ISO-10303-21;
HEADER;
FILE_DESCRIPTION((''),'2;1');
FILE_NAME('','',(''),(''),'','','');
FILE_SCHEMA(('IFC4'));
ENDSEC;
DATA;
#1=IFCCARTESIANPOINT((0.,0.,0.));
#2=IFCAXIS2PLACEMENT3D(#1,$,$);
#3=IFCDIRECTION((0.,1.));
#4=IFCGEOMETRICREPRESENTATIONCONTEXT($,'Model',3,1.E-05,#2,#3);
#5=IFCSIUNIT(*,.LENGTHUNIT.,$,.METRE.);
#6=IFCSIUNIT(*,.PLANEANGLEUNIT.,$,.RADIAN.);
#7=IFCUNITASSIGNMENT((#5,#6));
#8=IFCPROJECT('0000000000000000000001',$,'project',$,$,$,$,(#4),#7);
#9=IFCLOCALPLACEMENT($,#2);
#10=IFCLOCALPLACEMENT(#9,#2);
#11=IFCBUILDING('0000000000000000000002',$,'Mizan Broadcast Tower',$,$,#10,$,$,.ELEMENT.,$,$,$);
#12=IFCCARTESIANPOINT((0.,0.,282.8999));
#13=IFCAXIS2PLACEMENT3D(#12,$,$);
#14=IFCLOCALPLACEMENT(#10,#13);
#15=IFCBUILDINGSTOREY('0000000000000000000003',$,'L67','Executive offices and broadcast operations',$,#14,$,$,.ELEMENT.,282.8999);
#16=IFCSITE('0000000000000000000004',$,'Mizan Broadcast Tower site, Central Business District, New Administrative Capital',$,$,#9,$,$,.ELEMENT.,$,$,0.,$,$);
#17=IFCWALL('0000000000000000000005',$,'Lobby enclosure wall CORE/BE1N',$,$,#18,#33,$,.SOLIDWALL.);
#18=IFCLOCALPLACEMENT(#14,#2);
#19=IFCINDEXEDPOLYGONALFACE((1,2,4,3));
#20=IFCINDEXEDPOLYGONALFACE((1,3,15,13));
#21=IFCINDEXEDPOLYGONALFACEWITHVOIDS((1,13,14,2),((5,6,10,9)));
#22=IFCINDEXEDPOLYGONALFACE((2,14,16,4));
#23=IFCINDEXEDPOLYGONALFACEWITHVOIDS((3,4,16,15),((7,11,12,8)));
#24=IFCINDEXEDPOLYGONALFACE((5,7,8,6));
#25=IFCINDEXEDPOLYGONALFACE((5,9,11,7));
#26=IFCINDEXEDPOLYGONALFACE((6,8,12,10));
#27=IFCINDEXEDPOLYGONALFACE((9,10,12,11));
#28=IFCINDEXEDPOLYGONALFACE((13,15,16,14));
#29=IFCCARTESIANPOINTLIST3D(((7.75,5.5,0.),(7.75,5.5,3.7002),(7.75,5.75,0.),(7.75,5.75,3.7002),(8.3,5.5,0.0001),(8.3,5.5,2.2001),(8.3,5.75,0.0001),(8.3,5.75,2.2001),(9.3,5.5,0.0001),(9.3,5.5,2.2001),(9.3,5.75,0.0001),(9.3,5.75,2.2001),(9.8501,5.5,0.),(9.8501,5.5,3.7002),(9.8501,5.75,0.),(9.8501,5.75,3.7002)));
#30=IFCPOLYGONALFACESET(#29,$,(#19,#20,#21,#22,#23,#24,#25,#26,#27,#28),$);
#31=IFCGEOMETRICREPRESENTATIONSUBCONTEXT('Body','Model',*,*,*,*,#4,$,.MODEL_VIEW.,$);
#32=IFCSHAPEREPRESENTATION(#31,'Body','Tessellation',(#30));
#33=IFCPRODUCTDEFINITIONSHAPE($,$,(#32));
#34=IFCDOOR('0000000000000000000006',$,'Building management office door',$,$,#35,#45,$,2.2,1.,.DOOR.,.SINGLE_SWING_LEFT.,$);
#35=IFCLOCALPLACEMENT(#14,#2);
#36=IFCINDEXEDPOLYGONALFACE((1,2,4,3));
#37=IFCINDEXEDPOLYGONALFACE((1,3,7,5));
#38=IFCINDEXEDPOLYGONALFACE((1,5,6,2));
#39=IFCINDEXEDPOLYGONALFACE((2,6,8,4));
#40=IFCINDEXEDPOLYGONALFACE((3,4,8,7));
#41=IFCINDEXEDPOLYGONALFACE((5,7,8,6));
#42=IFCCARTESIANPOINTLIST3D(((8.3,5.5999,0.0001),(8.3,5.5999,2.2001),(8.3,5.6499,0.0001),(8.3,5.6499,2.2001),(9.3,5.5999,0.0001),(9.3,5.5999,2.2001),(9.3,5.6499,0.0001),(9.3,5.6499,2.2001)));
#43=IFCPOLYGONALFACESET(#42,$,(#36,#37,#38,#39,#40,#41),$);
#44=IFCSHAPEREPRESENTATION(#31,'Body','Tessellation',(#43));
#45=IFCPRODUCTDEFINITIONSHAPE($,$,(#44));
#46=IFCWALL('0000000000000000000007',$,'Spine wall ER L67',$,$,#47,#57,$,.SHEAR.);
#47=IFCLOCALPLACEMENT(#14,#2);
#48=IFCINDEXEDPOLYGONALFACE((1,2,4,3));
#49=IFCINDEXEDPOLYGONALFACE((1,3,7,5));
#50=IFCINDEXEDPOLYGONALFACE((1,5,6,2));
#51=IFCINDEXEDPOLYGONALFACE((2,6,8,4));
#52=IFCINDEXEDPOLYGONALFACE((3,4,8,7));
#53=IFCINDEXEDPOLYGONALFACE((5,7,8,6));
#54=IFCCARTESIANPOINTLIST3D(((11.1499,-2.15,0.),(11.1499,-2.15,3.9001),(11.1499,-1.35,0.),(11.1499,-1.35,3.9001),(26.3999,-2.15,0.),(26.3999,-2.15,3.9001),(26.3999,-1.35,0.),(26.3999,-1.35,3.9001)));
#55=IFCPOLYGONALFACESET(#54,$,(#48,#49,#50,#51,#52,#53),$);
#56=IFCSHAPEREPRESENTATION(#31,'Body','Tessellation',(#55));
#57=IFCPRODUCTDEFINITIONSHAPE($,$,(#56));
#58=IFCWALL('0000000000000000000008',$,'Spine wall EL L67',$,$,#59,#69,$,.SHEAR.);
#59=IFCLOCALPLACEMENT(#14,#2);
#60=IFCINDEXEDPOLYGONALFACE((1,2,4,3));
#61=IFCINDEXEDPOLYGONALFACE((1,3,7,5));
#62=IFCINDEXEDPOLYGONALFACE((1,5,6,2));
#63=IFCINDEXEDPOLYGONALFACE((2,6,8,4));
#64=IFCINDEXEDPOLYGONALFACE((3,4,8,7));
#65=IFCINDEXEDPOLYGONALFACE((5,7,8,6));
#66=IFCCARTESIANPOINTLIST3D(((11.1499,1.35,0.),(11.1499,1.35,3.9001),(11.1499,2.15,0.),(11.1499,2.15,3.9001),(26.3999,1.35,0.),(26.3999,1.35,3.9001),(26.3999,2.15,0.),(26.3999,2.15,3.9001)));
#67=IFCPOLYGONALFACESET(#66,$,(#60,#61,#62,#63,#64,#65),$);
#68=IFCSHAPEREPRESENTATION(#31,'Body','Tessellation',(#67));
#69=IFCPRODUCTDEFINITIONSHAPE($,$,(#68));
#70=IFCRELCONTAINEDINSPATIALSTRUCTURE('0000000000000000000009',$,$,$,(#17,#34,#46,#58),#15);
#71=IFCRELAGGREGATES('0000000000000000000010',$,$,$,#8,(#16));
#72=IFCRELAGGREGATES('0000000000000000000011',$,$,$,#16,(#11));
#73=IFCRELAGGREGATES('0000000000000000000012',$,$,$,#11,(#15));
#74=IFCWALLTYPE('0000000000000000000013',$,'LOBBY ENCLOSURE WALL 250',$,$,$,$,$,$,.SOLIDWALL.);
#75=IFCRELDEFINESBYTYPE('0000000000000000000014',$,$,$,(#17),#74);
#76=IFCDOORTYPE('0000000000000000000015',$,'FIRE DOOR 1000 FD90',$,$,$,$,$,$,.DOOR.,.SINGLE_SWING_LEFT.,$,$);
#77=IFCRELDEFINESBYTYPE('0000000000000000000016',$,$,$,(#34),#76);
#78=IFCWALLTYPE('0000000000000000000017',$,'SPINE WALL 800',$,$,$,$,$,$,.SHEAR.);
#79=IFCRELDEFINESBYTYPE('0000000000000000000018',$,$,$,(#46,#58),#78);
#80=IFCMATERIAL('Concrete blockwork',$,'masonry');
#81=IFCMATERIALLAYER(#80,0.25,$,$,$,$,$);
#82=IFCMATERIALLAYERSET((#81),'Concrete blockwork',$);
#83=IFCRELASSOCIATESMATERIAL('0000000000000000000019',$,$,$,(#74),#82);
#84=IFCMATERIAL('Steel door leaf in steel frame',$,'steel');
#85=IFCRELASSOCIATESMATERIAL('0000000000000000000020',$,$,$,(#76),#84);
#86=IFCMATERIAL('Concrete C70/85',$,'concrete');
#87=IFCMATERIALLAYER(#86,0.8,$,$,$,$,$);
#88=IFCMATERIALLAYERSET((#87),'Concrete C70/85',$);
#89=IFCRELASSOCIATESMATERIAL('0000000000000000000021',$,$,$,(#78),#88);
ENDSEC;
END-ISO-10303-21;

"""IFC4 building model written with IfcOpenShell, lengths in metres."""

from ifc_helpers import new_model, si_unit, direction, frame, frame_2d, origin, place, context, subcontext, project, spatial, rectangle, extrude, material, layer, layer_set, type_object, element, fill, save


model = new_model("IFC4")

# Units and contexts
model_context = context("Model", 3, precision=1e-05, world=origin(), true_north=direction((0.0, 1.0)))
body_context = subcontext(model_context, "Body", "Model", "MODEL_VIEW")
ifc_project = project(units=[si_unit("LENGTHUNIT", "METRE"), si_unit("PLANEANGLEUNIT", "RADIAN")], contexts=[model_context])

# Site, building, storey
site_placement = place(None, origin())
site = spatial("IfcSite", under=ifc_project, at=site_placement, Name="Mizan Broadcast Tower site, Central Business District, New Administrative Capital", CompositionType="ELEMENT", RefElevation=0.0)
building_placement = place(site_placement, origin())
building = spatial("IfcBuilding", under=site, at=building_placement, Name="Mizan Broadcast Tower", CompositionType="ELEMENT")
storey_placement = place(building_placement, frame((0.0, 0.0, 282.8999)))
storey = spatial("IfcBuildingStorey", under=building, at=storey_placement, Name="L67", Description="Executive offices and broadcast operations", CompositionType="ELEMENT", Elevation=282.8999)

# Wall, opening, door
ifc_material_1 = material(Name="Concrete blockwork", Category="masonry")
ifc_layer_1 = layer(ifc_material_1, 0.25)
ifc_layer_set_1 = layer_set([ifc_layer_1], Name="Concrete blockwork")
wall_type_1 = type_object("IfcWallType", Name="LOBBY ENCLOSURE WALL 250", PredefinedType="SOLIDWALL", material=ifc_layer_set_1)
wall_1_placement = place(storey_placement, frame((7.75, 5.625, 0.0), z_axis=(0.0, 0.0, 1.0), x_axis=(1.0, 0.0, 0.0)))
wall_1 = element("IfcWall", 1, at=wall_1_placement, inside=storey, type_object=wall_type_1, Name="Lobby enclosure wall CORE/BE1N", PredefinedType="SOLIDWALL", context=body_context, shape_type="SweptSolid", body=[
    extrude(rectangle(XDim=2.1001, YDim=0.25, at=frame_2d((1.05, 0.0))), origin(), (0.0, 0.0, 1.0), 3.7002),
])
opening_1_placement = place(wall_1_placement, frame((0.55, 0.0, 0.0)))
opening_1 = element("IfcOpeningElement", 2, at=opening_1_placement, cuts=wall_1, PredefinedType="OPENING", context=body_context, shape_type="SweptSolid", body=[
    extrude(rectangle(XDim=1.0, YDim=2.2, at=frame_2d((0.5, 1.1001))), frame((0.0, 0.135, 0.0), z_axis=(0.0, -1.0, 0.0), x_axis=(1.0, 0.0, 0.0)), (0.0, 0.0, 1.0), 0.27),
])
ifc_material_2 = material(Name="Steel door leaf in steel frame", Category="steel")
door_type_1 = type_object("IfcDoorType", Name="FIRE DOOR 1000 FD90", OperationType="SINGLE_SWING_LEFT", PredefinedType="DOOR", material=ifc_material_2)
door_1_placement = place(opening_1_placement, origin())
door_1 = element("IfcDoor", 3, at=door_1_placement, inside=storey, type_object=door_type_1, Name="Building management office door", OperationType="SINGLE_SWING_LEFT", OverallHeight=2.2, OverallWidth=1.0, PredefinedType="DOOR", context=body_context, shape_type="SweptSolid", body=[
    extrude(rectangle(XDim=1.0, YDim=2.2, at=frame_2d((0.5, 1.1001))), frame((0.0, 0.0249, 0.0), z_axis=(0.0, -1.0, 0.0), x_axis=(1.0, 0.0, 0.0)), (0.0, 0.0, 1.0), 0.05),
])
fill(opening_1, door_1)

# Walls
ifc_material_3 = material(Name="Concrete C70/85", Category="concrete")
ifc_layer_2 = layer(ifc_material_3, 0.8)
ifc_layer_set_2 = layer_set([ifc_layer_2], Name="Concrete C70/85")
wall_type_2 = type_object("IfcWallType", Name="SPINE WALL 800", PredefinedType="SHEAR", material=ifc_layer_set_2)
for number, where, z_axis, x_axis, name in (
    (4, (11.1499, -1.75, 0.0), (0.0, 0.0, 1.0), (1.0, 0.0, 0.0), "Spine wall ER L67"),
    (5, (11.1499, 1.75, 0.0), (0.0, 0.0, 1.0), (1.0, 0.0, 0.0), "Spine wall EL L67"),
):
    element("IfcWall", number, at=place(storey_placement, frame(where, z_axis=z_axis, x_axis=x_axis)), inside=storey, type_object=wall_type_2, Name=name, PredefinedType="SHEAR", context=body_context, shape_type="SweptSolid", body=[
        extrude(rectangle(XDim=15.25, YDim=0.8, at=frame_2d((7.625, 0.0))), origin(), (0.0, 0.0, 1.0), 3.9001),
    ])

save(model, "model.ifc")
